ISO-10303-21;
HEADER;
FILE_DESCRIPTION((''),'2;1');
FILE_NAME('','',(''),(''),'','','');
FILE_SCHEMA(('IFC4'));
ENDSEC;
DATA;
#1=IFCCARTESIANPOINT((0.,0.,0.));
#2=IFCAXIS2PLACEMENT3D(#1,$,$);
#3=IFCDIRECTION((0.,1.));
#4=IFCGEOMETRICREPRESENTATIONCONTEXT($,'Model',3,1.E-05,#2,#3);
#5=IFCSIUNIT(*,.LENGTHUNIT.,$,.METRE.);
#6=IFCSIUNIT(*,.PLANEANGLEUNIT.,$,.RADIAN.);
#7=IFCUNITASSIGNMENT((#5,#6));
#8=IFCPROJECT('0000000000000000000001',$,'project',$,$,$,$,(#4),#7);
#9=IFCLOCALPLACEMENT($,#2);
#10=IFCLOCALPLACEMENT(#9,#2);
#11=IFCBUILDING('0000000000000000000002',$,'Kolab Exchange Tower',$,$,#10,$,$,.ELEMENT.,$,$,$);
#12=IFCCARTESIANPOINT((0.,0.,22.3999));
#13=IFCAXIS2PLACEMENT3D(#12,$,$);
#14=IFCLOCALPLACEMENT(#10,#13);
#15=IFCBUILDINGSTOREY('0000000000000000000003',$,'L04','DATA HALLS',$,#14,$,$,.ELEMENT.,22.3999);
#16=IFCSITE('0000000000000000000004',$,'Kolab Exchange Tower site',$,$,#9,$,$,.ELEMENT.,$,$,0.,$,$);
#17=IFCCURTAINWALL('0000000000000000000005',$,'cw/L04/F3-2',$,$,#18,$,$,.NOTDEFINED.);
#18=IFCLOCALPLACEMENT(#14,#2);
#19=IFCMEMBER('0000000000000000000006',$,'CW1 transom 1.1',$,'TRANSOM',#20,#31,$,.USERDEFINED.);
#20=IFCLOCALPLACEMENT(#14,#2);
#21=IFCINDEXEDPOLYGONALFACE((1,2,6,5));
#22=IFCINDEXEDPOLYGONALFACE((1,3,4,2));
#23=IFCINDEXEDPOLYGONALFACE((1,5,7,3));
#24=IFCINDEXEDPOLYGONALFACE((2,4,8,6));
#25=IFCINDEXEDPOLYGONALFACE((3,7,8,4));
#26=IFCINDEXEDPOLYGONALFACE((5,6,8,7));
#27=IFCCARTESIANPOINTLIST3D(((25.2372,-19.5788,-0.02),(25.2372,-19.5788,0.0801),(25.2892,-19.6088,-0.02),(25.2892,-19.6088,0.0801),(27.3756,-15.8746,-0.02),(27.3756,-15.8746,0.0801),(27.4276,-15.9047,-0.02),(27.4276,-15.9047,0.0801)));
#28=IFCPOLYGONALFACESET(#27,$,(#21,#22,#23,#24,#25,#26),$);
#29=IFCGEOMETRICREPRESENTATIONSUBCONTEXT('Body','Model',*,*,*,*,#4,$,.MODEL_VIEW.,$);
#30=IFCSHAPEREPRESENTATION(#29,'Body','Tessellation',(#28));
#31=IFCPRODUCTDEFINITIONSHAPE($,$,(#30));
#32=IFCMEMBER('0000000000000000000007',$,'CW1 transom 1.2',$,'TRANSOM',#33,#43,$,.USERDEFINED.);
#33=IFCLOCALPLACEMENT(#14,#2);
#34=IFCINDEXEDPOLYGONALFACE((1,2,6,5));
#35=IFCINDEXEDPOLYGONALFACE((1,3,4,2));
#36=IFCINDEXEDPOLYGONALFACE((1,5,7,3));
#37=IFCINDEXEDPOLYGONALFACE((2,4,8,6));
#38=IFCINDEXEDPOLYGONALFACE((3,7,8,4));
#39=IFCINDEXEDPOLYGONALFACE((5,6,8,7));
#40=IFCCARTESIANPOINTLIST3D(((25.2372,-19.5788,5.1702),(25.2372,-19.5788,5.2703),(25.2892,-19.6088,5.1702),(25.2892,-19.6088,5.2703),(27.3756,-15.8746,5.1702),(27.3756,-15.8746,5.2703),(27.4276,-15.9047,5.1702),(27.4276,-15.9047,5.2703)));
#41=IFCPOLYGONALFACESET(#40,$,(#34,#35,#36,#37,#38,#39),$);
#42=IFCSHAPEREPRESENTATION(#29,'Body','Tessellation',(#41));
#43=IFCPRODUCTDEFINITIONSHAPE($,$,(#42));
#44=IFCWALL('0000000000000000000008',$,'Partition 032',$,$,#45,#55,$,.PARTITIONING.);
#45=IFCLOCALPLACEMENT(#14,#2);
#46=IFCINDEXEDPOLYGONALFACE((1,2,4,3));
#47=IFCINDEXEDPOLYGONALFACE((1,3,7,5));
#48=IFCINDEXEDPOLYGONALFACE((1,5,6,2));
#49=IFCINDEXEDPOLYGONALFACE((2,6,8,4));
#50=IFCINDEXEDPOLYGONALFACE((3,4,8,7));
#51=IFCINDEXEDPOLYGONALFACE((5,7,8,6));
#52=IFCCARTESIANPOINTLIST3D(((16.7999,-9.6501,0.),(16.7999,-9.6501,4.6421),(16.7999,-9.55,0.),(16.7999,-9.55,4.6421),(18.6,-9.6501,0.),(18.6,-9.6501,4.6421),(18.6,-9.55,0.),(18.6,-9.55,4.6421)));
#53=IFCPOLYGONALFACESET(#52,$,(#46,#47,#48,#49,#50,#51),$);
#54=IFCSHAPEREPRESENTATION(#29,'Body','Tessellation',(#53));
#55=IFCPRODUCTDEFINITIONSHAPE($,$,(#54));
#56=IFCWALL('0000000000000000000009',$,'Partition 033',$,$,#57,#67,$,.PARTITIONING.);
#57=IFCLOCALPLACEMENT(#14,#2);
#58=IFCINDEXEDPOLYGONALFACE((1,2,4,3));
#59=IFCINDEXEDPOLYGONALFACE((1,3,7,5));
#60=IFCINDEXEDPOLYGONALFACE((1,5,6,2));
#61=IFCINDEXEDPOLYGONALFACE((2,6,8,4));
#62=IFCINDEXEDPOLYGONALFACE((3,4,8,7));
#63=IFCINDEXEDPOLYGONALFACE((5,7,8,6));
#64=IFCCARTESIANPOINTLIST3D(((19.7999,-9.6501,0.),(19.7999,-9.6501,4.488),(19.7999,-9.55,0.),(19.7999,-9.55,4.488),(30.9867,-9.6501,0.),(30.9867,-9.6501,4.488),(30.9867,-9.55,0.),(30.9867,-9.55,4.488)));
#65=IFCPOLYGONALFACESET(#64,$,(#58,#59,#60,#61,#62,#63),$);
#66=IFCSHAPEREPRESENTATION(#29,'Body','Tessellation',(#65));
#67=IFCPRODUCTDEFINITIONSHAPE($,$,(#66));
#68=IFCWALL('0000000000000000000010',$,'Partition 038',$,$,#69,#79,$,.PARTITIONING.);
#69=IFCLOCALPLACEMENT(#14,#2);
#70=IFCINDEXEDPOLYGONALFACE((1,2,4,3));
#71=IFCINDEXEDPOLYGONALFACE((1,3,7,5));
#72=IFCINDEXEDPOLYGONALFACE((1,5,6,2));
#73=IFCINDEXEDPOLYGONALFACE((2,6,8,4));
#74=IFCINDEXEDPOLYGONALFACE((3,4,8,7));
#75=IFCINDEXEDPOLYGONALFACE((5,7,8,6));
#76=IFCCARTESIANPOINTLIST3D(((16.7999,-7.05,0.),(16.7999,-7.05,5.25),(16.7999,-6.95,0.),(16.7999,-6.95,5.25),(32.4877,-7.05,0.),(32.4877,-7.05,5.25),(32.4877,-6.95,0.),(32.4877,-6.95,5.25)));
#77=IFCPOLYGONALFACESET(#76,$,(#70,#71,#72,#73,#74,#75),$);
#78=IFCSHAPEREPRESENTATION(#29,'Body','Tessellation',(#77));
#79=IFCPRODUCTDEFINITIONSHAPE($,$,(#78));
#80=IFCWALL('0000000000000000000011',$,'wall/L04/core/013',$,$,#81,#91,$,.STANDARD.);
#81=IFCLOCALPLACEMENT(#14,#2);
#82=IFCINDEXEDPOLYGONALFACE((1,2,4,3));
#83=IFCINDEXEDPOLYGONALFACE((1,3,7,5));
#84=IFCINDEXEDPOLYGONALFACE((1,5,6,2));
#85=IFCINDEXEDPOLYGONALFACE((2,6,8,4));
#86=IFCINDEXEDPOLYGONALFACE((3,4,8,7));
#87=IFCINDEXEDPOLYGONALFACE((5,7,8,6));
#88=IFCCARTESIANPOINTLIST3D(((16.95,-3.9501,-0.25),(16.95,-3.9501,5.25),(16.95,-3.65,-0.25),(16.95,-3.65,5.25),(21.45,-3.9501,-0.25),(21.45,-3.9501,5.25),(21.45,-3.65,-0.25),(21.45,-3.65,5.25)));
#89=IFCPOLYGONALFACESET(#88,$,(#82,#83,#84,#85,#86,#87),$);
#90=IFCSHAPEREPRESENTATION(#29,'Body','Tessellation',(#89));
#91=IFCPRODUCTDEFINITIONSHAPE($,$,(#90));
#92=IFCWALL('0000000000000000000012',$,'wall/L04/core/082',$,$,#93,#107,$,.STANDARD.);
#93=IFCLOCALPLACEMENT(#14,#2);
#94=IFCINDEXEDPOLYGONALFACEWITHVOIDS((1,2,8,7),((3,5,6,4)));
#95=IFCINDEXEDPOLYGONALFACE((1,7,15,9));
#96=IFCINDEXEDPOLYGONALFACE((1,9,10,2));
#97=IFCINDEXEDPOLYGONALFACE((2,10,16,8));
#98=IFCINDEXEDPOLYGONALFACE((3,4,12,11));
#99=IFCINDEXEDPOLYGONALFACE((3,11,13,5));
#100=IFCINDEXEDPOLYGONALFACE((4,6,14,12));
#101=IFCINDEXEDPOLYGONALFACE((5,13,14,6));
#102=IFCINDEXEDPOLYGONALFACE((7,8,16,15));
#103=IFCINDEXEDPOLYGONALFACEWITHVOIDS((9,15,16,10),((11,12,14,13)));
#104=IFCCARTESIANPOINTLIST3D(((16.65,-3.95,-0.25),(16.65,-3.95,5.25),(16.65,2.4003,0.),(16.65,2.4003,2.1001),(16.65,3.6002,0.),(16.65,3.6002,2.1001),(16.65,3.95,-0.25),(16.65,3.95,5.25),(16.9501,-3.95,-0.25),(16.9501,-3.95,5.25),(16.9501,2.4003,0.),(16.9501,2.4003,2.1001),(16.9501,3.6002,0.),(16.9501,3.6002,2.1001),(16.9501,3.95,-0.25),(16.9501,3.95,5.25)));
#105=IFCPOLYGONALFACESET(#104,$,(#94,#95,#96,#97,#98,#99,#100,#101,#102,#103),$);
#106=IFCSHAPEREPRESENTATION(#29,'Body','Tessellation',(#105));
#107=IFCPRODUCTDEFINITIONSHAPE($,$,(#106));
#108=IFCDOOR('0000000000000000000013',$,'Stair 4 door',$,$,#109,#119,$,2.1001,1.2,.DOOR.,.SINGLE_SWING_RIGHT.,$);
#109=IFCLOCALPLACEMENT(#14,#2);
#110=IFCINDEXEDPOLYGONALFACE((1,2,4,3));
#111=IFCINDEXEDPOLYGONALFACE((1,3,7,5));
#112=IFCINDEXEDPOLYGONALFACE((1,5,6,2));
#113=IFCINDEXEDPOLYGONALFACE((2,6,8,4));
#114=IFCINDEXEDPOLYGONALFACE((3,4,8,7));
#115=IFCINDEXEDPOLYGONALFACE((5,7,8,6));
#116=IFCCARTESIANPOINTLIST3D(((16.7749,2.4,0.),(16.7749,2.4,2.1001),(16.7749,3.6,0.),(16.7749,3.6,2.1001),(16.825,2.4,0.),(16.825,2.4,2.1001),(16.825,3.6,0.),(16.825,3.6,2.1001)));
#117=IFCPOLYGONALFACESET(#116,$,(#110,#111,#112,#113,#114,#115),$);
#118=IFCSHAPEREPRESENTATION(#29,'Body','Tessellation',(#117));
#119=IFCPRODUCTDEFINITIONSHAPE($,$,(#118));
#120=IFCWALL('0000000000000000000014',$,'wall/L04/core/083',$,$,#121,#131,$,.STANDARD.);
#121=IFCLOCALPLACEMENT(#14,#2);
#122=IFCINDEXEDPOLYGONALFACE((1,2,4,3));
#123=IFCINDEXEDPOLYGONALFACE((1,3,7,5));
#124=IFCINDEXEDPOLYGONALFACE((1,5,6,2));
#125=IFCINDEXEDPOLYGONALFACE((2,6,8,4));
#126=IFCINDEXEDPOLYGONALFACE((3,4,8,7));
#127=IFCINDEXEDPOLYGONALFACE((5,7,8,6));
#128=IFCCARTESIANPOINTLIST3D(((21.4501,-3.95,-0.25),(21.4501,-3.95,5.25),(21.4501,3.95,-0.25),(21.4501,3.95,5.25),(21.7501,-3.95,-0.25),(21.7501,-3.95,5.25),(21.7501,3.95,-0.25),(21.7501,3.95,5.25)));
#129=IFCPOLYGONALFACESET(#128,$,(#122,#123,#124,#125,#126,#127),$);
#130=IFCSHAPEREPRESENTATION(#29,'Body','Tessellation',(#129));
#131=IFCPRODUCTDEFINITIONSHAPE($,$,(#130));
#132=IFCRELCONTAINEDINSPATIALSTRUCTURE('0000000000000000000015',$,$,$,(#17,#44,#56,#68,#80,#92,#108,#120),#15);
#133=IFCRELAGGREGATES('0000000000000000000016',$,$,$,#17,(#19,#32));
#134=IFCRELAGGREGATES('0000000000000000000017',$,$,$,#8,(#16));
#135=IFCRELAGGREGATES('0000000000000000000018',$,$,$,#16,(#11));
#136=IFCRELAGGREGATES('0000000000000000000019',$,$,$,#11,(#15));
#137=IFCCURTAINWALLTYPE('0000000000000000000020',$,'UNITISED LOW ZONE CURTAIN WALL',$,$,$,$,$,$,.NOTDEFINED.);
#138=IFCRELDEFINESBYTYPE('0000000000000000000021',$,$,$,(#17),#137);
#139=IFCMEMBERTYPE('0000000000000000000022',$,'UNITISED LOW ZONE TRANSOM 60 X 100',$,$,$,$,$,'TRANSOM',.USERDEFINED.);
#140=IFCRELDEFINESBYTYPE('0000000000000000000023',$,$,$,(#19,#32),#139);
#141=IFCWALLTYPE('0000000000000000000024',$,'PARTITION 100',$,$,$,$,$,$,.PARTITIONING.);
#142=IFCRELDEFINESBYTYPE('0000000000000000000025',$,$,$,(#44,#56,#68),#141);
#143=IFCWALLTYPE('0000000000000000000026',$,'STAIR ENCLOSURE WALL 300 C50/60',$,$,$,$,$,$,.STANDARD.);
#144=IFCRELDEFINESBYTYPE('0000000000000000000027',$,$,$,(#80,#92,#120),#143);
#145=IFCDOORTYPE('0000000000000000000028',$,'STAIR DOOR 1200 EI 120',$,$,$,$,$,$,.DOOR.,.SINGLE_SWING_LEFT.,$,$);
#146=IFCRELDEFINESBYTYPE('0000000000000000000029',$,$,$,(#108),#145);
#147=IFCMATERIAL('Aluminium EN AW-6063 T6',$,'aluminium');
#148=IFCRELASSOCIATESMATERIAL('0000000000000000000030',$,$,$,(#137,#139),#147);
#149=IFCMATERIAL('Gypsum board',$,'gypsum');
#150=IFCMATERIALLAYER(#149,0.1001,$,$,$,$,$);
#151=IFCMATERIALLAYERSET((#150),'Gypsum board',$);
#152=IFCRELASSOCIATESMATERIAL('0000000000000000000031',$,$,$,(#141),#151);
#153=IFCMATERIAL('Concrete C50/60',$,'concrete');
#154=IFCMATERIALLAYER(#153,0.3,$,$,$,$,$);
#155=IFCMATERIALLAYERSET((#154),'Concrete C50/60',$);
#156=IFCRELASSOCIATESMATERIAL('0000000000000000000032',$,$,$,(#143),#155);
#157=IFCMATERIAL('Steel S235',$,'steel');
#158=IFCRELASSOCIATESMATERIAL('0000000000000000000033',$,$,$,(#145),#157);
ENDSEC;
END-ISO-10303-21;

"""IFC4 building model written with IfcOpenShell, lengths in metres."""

from ifc_helpers import new_model, si_unit, direction, frame, frame_2d, origin, origin_2d, place, context, subcontext, project, spatial, rectangle, extrude, material, layer, layer_set, material_profile, profile_set, type_object, element, fill, aggregate, save


model = new_model("IFC4")

# Units and contexts
model_context = context("Model", 3, precision=1e-05, world=origin(), true_north=direction((0.0, 1.0)))
body_context = subcontext(model_context, "Body", "Model", "MODEL_VIEW")
ifc_project = project(units=[si_unit("LENGTHUNIT", "METRE"), si_unit("PLANEANGLEUNIT", "RADIAN")], contexts=[model_context])

# Site, building, storey
site_placement = place(None, origin())
site = spatial("IfcSite", under=ifc_project, at=site_placement, Name="Kolab Exchange Tower site", CompositionType="ELEMENT", RefElevation=0.0)
building_placement = place(site_placement, origin())
building = spatial("IfcBuilding", under=site, at=building_placement, Name="Kolab Exchange Tower", CompositionType="ELEMENT")
storey_placement = place(building_placement, frame((0.0, 0.0, 22.3999)))
storey = spatial("IfcBuildingStorey", under=building, at=storey_placement, Name="L04", Description="DATA HALLS", CompositionType="ELEMENT", Elevation=22.3999)

# Shared definitions
ifc_material_1 = material(Name="Aluminium EN AW-6063 T6", Category="aluminium")
curtain_wall_type = type_object("IfcCurtainWallType", Name="UNITISED LOW ZONE CURTAIN WALL", PredefinedType="NOTDEFINED", material=ifc_material_1)

# Curtain wall, members
curtain_wall_1_placement = place(storey_placement, origin())
curtain_wall_1 = element("IfcCurtainWall", 1, at=curtain_wall_1_placement, inside=storey, type_object=curtain_wall_type, Name="cw/L04/F3-2", PredefinedType="NOTDEFINED")
ifc_material_profile_1 = material_profile(ifc_material_1, rectangle(XDim=0.0601, YDim=0.1001, at=origin_2d()), Name="RECT 60X100")
ifc_profile_set_1 = profile_set([ifc_material_profile_1], Name="Aluminium EN AW-6063 T6")
member_type_1 = type_object("IfcMemberType", Name="UNITISED LOW ZONE TRANSOM 60 X 100", ElementType="TRANSOM", PredefinedType="USERDEFINED", material=ifc_profile_set_1)
member_1_placement = place(storey_placement, frame((27.4016, -15.8896, 0.03), z_axis=(-0.499976, -0.866039, 0.0), x_axis=(0.866039, -0.499976, 0.0)))
member_1 = element("IfcMember", 2, at=member_1_placement, type_object=member_type_1, Name="CW1 transom 1.1", ObjectType="TRANSOM", PredefinedType="USERDEFINED", context=body_context, shape_type="SweptSolid", body=[
    extrude(rectangle(XDim=0.0601, YDim=0.1001, at=origin_2d()), origin(), (0.0, 0.0, 1.0), 4.2771),
])
member_2_placement = place(storey_placement, frame((27.4016, -15.8896, 5.2202), z_axis=(-0.499976, -0.866039, 0.0), x_axis=(0.866039, -0.499976, 0.0)))
member_2 = element("IfcMember", 3, at=member_2_placement, type_object=member_type_1, Name="CW1 transom 1.2", ObjectType="TRANSOM", PredefinedType="USERDEFINED", context=body_context, shape_type="SweptSolid", body=[
    extrude(rectangle(XDim=0.0601, YDim=0.1001, at=origin_2d()), origin(), (0.0, 0.0, 1.0), 4.2771),
])
aggregate(curtain_wall_1, [member_1, member_2])

# Walls
ifc_material_2 = material(Name="Gypsum board", Category="gypsum")
ifc_layer_1 = layer(ifc_material_2, 0.1001)
ifc_layer_set_1 = layer_set([ifc_layer_1], Name="Gypsum board")
wall_type_1 = type_object("IfcWallType", Name="PARTITION 100", PredefinedType="PARTITIONING", material=ifc_layer_set_1)
wall_1_placement = place(storey_placement, frame((16.8, -9.6001, 0.0), z_axis=(0.0, 0.0, 1.0), x_axis=(1.0, 0.0, 0.0)))
element("IfcWall", 4, at=wall_1_placement, inside=storey, type_object=wall_type_1, Name="Partition 032", PredefinedType="PARTITIONING", context=body_context, shape_type="SweptSolid", body=[
    extrude(rectangle(XDim=1.8, YDim=0.1001, at=frame_2d((0.8999, 0.0))), origin(), (0.0, 0.0, 1.0), 4.6421),
])
wall_2_placement = place(storey_placement, frame((19.8, -9.6001, 0.0), z_axis=(0.0, 0.0, 1.0), x_axis=(1.0, 0.0, 0.0)))
element("IfcWall", 5, at=wall_2_placement, inside=storey, type_object=wall_type_1, Name="Partition 033", PredefinedType="PARTITIONING", context=body_context, shape_type="SweptSolid", body=[
    extrude(rectangle(XDim=11.1868, YDim=0.1001, at=frame_2d((5.5933, 0.0))), origin(), (0.0, 0.0, 1.0), 4.488),
])
wall_3_placement = place(storey_placement, frame((16.8, -7.0, 0.0), z_axis=(0.0, 0.0, 1.0), x_axis=(1.0, 0.0, 0.0)))
element("IfcWall", 6, at=wall_3_placement, inside=storey, type_object=wall_type_1, Name="Partition 038", PredefinedType="PARTITIONING", context=body_context, shape_type="SweptSolid", body=[
    extrude(rectangle(XDim=15.6877, YDim=0.1001, at=frame_2d((7.8438, 0.0))), origin(), (0.0, 0.0, 1.0), 5.25),
])
ifc_material_3 = material(Name="Concrete C50/60", Category="concrete")
ifc_layer_2 = layer(ifc_material_3, 0.3)
ifc_layer_set_2 = layer_set([ifc_layer_2], Name="Concrete C50/60")
wall_type_2 = type_object("IfcWallType", Name="STAIR ENCLOSURE WALL 300 C50/60", PredefinedType="STANDARD", material=ifc_layer_set_2)
wall_4_placement = place(storey_placement, frame((16.95, -3.8, -0.25), z_axis=(0.0, 0.0, 1.0), x_axis=(1.0, 0.0, 0.0)))
element("IfcWall", 7, at=wall_4_placement, inside=storey, type_object=wall_type_2, Name="wall/L04/core/013", PredefinedType="STANDARD", context=body_context, shape_type="SweptSolid", body=[
    extrude(rectangle(XDim=4.5, YDim=0.3, at=frame_2d((2.25, 0.0))), origin(), (0.0, 0.0, 1.0), 5.5),
])

# Wall, opening, door
wall_5_placement = place(storey_placement, frame((16.8, -3.95, -0.25), z_axis=(0.0, 0.0, 1.0), x_axis=(0.0, 1.0, 0.0)))
wall_5 = element("IfcWall", 8, at=wall_5_placement, inside=storey, type_object=wall_type_2, Name="wall/L04/core/082", PredefinedType="STANDARD", context=body_context, shape_type="SweptSolid", body=[
    extrude(rectangle(XDim=7.8999, YDim=0.3, at=frame_2d((3.95, 0.0))), origin(), (0.0, 0.0, 1.0), 5.5),
])
opening_1_placement = place(wall_5_placement, frame((6.3501, 0.0, 0.25)))
opening_1 = element("IfcOpeningElement", 9, at=opening_1_placement, cuts=wall_5, PredefinedType="OPENING", context=body_context, shape_type="SweptSolid", body=[
    extrude(rectangle(XDim=1.2, YDim=2.1001, at=frame_2d((0.6001, 1.05))), frame((0.0, 0.1602, 0.0), z_axis=(0.0, -1.0, 0.0), x_axis=(1.0, 0.0, 0.0)), (0.0, 0.0, 1.0), 0.3201),
])
ifc_material_4 = material(Name="Steel S235", Category="steel")
door_type_1 = type_object("IfcDoorType", Name="STAIR DOOR 1200 EI 120", OperationType="SINGLE_SWING_LEFT", PredefinedType="DOOR", material=ifc_material_4)
door_1_placement = place(opening_1_placement, frame((1.2, 0.0, 0.0), z_axis=(0.0, 0.0, 1.0), x_axis=(-1.0, 0.0, 0.0)))
door_1 = element("IfcDoor", 10, at=door_1_placement, inside=storey, type_object=door_type_1, Name="Stair 4 door", OperationType="SINGLE_SWING_RIGHT", OverallHeight=2.1001, OverallWidth=1.2, PredefinedType="DOOR", context=body_context, shape_type="SweptSolid", body=[
    extrude(rectangle(XDim=1.2, YDim=2.1001, at=frame_2d((0.6001, 1.05))), frame((0.0, 0.0249, 0.0), z_axis=(0.0, -1.0, 0.0), x_axis=(1.0, 0.0, 0.0)), (0.0, 0.0, 1.0), 0.05),
])
fill(opening_1, door_1)

# Wall
wall_6_placement = place(storey_placement, frame((21.6001, -3.95, -0.25), z_axis=(0.0, 0.0, 1.0), x_axis=(0.0, 1.0, 0.0)))
element("IfcWall", 11, at=wall_6_placement, inside=storey, type_object=wall_type_2, Name="wall/L04/core/083", PredefinedType="STANDARD", context=body_context, shape_type="SweptSolid", body=[
    extrude(rectangle(XDim=7.8999, YDim=0.3, at=frame_2d((3.95, 0.0))), origin(), (0.0, 0.0, 1.0), 5.5),
])

save(model, "model.ifc")
